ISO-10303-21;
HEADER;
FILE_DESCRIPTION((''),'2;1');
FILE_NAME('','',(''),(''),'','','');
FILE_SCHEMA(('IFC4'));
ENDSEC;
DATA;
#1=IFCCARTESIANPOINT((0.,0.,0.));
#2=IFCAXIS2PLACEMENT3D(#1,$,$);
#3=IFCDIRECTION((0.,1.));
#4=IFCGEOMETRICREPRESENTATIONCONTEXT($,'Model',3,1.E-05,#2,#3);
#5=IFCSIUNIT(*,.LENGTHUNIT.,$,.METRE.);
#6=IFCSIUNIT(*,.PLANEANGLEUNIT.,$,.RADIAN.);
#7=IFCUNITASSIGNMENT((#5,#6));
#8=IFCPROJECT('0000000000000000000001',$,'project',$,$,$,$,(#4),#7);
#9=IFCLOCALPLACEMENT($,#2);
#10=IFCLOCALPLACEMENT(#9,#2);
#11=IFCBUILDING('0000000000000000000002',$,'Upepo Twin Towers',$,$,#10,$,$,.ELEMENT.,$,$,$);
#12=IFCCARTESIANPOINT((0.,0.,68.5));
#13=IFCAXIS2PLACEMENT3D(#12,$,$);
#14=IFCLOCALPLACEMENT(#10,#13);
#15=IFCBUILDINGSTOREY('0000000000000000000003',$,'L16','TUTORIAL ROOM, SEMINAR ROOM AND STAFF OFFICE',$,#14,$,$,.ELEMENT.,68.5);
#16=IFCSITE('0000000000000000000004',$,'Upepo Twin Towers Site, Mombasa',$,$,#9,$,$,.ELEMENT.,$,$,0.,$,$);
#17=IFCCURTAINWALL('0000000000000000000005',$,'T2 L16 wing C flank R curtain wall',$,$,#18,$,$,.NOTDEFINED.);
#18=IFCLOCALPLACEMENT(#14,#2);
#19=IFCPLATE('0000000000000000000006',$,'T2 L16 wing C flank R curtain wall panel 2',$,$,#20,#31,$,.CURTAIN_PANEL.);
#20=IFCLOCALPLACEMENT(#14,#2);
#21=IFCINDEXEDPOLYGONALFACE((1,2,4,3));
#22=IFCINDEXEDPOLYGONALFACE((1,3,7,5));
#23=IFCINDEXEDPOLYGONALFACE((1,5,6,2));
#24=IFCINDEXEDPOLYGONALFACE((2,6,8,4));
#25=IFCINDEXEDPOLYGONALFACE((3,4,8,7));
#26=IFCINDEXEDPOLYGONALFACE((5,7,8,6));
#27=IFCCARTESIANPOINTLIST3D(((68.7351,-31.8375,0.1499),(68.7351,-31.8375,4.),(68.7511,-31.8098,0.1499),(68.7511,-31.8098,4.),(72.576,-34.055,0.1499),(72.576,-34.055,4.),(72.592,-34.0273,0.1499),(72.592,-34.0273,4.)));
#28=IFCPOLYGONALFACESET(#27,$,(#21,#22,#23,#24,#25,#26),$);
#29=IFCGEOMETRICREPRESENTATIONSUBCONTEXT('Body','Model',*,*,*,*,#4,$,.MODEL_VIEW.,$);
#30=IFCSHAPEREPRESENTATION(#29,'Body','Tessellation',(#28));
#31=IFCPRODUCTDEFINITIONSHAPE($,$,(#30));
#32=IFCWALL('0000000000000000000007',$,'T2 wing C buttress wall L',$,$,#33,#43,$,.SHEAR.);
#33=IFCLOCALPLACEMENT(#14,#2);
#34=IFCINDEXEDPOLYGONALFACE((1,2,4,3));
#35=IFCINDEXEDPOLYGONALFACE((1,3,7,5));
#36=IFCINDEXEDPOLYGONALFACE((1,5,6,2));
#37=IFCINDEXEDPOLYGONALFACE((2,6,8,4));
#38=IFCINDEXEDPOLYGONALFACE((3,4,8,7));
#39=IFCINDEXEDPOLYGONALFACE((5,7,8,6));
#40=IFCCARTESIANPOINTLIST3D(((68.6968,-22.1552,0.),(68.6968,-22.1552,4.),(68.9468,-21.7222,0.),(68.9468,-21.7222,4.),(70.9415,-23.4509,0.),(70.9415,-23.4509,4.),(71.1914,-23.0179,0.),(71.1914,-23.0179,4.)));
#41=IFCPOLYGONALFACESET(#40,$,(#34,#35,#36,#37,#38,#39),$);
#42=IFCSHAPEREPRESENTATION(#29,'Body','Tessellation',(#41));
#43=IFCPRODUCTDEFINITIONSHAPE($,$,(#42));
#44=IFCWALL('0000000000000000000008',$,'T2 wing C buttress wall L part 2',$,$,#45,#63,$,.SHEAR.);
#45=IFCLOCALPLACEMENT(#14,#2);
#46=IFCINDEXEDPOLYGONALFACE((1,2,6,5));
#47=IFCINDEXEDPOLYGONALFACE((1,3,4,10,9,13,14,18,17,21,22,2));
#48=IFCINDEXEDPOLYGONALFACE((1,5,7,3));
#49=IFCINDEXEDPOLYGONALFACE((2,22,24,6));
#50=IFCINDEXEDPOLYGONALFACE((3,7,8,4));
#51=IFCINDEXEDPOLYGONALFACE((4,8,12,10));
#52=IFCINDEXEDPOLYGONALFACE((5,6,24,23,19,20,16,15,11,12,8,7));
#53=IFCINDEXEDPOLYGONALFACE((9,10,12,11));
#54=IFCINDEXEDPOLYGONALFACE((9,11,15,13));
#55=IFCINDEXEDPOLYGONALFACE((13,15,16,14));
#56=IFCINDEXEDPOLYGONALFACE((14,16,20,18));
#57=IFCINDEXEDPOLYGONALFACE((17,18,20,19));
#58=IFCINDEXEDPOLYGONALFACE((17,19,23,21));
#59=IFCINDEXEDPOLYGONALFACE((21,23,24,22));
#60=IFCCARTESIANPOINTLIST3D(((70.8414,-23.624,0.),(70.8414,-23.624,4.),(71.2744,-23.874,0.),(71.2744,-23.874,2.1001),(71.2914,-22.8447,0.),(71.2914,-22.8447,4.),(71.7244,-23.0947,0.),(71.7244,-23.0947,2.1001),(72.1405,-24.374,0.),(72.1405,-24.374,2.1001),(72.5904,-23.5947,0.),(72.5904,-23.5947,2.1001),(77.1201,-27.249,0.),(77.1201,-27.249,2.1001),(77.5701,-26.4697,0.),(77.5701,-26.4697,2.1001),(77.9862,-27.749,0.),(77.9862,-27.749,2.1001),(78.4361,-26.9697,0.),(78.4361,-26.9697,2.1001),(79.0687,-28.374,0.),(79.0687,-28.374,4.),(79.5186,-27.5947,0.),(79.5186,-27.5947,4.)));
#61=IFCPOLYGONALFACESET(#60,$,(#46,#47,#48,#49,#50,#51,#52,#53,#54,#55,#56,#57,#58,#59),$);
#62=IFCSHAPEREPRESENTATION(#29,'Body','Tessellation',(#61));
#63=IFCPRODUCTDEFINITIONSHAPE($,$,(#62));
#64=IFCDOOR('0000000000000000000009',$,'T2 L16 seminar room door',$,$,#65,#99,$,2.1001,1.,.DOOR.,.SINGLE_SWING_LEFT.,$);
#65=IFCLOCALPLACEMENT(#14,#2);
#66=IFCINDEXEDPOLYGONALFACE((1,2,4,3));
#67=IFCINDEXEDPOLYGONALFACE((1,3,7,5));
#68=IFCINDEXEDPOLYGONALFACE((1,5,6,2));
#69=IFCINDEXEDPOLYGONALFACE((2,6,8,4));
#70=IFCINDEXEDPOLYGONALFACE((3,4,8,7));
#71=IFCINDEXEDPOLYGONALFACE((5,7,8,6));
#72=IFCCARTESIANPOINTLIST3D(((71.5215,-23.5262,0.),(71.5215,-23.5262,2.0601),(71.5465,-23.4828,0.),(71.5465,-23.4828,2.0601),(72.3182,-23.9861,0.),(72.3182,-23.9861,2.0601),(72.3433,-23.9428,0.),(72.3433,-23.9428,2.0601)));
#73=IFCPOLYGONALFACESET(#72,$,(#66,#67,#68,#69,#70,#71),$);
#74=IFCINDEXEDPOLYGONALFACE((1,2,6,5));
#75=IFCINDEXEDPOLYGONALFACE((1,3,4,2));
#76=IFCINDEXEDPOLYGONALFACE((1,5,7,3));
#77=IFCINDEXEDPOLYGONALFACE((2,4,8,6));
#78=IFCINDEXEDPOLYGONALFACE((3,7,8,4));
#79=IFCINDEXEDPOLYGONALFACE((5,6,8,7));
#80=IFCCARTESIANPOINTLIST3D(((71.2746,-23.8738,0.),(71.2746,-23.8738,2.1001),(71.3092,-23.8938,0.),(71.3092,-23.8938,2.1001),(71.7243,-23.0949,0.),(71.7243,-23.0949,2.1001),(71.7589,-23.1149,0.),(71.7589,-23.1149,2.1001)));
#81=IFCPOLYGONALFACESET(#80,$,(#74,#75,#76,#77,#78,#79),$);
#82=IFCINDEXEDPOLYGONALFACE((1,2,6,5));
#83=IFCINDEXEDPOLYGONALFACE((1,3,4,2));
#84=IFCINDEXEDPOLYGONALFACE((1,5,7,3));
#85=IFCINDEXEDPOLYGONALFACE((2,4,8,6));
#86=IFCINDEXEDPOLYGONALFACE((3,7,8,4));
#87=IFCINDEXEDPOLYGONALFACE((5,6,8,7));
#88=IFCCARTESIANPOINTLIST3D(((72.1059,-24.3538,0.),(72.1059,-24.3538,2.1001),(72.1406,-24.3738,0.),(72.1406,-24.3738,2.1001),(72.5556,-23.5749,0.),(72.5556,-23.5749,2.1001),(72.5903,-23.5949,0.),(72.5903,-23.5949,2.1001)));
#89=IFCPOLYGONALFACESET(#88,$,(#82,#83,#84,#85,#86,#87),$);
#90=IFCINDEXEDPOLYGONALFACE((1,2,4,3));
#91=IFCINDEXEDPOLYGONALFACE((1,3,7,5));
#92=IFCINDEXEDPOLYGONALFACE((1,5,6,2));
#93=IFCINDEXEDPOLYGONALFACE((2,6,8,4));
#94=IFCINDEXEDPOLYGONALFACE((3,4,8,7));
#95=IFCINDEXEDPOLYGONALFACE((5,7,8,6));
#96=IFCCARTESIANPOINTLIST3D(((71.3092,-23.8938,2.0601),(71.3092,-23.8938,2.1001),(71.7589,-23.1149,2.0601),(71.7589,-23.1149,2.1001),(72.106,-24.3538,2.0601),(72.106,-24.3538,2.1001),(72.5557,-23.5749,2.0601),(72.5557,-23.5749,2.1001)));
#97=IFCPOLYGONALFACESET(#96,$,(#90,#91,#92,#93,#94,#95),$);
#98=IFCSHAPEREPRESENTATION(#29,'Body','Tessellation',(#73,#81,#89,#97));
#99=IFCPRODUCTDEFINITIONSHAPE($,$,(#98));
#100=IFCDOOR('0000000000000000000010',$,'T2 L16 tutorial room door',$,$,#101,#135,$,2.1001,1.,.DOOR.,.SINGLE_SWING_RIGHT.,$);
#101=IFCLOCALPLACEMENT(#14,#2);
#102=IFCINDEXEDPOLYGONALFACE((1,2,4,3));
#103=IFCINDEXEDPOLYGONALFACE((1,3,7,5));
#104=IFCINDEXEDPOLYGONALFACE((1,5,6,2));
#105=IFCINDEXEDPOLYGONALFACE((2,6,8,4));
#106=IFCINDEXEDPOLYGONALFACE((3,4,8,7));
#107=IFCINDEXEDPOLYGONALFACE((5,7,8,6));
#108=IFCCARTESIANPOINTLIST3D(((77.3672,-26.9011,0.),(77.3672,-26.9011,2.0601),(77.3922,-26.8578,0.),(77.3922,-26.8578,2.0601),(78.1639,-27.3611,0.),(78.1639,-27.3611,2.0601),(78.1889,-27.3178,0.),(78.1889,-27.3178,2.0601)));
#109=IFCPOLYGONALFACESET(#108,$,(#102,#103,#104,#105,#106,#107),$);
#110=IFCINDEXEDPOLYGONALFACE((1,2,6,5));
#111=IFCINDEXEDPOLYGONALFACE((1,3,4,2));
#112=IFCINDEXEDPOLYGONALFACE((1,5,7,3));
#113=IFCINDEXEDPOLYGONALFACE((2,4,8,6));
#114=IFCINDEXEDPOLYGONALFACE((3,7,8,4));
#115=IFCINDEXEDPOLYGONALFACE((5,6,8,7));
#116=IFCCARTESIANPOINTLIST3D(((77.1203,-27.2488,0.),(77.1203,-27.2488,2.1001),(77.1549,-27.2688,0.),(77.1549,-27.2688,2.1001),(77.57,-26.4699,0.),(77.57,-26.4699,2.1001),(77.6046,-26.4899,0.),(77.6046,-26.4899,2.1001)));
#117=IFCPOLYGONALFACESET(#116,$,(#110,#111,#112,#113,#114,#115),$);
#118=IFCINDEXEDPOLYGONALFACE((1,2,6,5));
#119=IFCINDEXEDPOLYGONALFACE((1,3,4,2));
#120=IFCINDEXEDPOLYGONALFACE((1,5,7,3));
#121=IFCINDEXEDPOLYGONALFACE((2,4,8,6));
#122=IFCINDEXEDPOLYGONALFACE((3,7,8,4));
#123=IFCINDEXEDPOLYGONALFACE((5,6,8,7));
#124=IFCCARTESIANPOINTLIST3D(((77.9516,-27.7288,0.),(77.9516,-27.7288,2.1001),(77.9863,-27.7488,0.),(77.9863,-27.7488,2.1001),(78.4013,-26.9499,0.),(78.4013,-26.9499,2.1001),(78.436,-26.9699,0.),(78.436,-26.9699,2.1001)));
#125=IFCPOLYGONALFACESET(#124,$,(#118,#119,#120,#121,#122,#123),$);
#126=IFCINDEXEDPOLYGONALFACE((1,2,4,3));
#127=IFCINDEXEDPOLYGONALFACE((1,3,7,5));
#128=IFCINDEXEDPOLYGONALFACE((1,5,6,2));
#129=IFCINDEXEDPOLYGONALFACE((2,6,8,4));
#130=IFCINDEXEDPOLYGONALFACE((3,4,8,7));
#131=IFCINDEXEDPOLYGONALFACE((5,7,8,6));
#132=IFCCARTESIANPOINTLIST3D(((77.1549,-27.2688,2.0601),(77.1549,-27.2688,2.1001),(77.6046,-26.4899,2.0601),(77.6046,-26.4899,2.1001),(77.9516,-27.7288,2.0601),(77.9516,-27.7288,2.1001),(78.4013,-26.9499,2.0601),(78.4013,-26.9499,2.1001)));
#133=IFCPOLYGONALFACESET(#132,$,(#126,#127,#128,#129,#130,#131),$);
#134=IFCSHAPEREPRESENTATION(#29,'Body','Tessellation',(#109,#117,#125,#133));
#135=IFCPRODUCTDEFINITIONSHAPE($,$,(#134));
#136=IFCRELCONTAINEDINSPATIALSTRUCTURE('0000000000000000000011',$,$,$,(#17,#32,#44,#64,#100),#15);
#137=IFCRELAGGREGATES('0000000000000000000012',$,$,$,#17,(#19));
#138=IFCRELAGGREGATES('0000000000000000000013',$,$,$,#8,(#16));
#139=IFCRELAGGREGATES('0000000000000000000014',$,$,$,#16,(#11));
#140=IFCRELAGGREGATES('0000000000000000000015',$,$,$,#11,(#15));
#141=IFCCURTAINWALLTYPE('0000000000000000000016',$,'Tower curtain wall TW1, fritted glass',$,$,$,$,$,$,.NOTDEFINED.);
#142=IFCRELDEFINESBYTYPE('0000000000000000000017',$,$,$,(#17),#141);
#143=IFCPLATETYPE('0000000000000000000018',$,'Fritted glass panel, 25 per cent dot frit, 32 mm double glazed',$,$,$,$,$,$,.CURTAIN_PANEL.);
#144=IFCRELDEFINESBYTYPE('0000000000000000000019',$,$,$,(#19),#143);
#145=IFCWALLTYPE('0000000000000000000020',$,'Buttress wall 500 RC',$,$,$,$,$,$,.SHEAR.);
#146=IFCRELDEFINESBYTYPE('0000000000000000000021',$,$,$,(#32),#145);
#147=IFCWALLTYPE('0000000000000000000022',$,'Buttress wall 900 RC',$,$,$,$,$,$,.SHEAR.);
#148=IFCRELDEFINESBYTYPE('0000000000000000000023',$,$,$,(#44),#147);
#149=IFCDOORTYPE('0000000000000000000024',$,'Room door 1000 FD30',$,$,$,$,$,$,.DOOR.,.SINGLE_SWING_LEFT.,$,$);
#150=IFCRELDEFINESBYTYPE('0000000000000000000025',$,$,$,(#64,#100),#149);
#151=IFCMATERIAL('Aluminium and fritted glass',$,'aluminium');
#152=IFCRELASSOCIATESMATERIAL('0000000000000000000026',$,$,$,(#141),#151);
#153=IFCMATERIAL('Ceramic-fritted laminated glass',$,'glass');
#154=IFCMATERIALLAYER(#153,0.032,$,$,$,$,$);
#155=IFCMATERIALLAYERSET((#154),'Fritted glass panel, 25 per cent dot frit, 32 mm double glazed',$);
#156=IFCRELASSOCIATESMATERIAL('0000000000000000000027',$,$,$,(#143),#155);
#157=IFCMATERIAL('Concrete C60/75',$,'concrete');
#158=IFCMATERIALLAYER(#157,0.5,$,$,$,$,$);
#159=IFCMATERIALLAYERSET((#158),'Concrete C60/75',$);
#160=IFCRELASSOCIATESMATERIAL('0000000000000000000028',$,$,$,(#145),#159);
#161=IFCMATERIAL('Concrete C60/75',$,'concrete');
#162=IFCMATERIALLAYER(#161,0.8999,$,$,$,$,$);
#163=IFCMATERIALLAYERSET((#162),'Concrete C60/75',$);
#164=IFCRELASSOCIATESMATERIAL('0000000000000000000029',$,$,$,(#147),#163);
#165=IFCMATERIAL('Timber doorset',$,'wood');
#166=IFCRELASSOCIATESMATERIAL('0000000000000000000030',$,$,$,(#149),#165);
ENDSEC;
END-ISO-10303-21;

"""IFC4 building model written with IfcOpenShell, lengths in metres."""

from ifc_helpers import new_model, si_unit, direction, frame, frame_2d, origin, origin_2d, place, context, subcontext, project, spatial, rectangle, extrude, material, layer, layer_set, type_object, element, fill, aggregate, save


model = new_model("IFC4")

# Units and contexts
model_context = context("Model", 3, precision=1e-05, world=origin(), true_north=direction((0.0, 1.0)))
body_context = subcontext(model_context, "Body", "Model", "MODEL_VIEW")
ifc_project = project(units=[si_unit("LENGTHUNIT", "METRE"), si_unit("PLANEANGLEUNIT", "RADIAN")], contexts=[model_context])

# Site, building, storey
site_placement = place(None, origin())
site = spatial("IfcSite", under=ifc_project, at=site_placement, Name="Upepo Twin Towers Site, Mombasa", CompositionType="ELEMENT", RefElevation=0.0)
building_placement = place(site_placement, origin())
building = spatial("IfcBuilding", under=site, at=building_placement, Name="Upepo Twin Towers", CompositionType="ELEMENT")
storey_placement = place(building_placement, frame((0.0, 0.0, 68.5)))
storey = spatial("IfcBuildingStorey", under=building, at=storey_placement, Name="L16", Description="TUTORIAL ROOM, SEMINAR ROOM AND STAFF OFFICE", CompositionType="ELEMENT", Elevation=68.5)

# Curtain wall, plate
ifc_material_1 = material(Name="Aluminium and fritted glass", Category="aluminium")
curtain_wall_type = type_object("IfcCurtainWallType", Name="Tower curtain wall TW1, fritted glass", PredefinedType="NOTDEFINED", material=ifc_material_1)
curtain_wall_placement = place(storey_placement, origin())
curtain_wall = element("IfcCurtainWall", 1, at=curtain_wall_placement, inside=storey, type_object=curtain_wall_type, Name="T2 L16 wing C flank R curtain wall", PredefinedType="NOTDEFINED")
ifc_material_2 = material(Name="Ceramic-fritted laminated glass", Category="glass")
ifc_layer_1 = layer(ifc_material_2, 0.032)
ifc_layer_set_1 = layer_set([ifc_layer_1], Name="Fritted glass panel, 25 per cent dot frit, 32 mm double glazed")
plate_type = type_object("IfcPlateType", Name="Fritted glass panel, 25 per cent dot frit, 32 mm double glazed", PredefinedType="CURTAIN_PANEL", material=ifc_layer_set_1)
plate_1_placement = place(storey_placement, frame((70.6636, -32.9324, 0.1499), z_axis=(0.0, 0.0, 1.0), x_axis=(-0.866025, 0.5, 0.0)))
plate_1 = element("IfcPlate", 2, at=plate_1_placement, type_object=plate_type, Name="T2 L16 wing C flank R curtain wall panel 2", PredefinedType="CURTAIN_PANEL", context=body_context, shape_type="SweptSolid", body=[
    extrude(rectangle(XDim=4.4351, YDim=0.032, at=origin_2d()), origin(), (0.0, 0.0, 1.0), 3.8501),
])
aggregate(curtain_wall, [plate_1])

# Wall
ifc_material_3 = material(Name="Concrete C60/75", Category="concrete")
ifc_layer_2 = layer(ifc_material_3, 0.5)
ifc_layer_set_2 = layer_set([ifc_layer_2], Name="Concrete C60/75")
wall_type_1 = type_object("IfcWallType", Name="Buttress wall 500 RC", PredefinedType="SHEAR", material=ifc_layer_set_2)
wall_1_placement = place(storey_placement, frame((68.8218, -21.9387, 0.0), z_axis=(0.0, 0.0, 1.0), x_axis=(0.866073, -0.499918, 0.0)))
element("IfcWall", 3, at=wall_1_placement, inside=storey, type_object=wall_type_1, Name="T2 wing C buttress wall L", PredefinedType="SHEAR", context=body_context, shape_type="SweptSolid", body=[
    extrude(rectangle(XDim=2.5918, YDim=0.5, at=frame_2d((1.2959, 0.0))), origin(), (0.0, 0.0, 1.0), 4.0),
])

# Wall, openings, doors
ifc_material_4 = material(Name="Concrete C60/75", Category="concrete")
ifc_layer_3 = layer(ifc_material_4, 0.8999)
ifc_layer_set_3 = layer_set([ifc_layer_3], Name="Concrete C60/75")
wall_type_2 = type_object("IfcWallType", Name="Buttress wall 900 RC", PredefinedType="SHEAR", material=ifc_layer_set_3)
wall_2_placement = place(storey_placement, frame((71.0664, -23.2344, 0.0), z_axis=(0.0, 0.0, 1.0), x_axis=(0.866027, -0.499998, 0.0)))
wall_2 = element("IfcWall", 4, at=wall_2_placement, inside=storey, type_object=wall_type_2, Name="T2 wing C buttress wall L part 2", PredefinedType="SHEAR", context=body_context, shape_type="SweptSolid", body=[
    extrude(rectangle(XDim=9.5, YDim=0.8999, at=frame_2d((4.75, 0.0))), origin(), (0.0, 0.0, 1.0), 4.0),
])
opening_1_placement = place(wall_2_placement, frame((0.5, 0.0, 0.0)))
opening_1 = element("IfcOpeningElement", 5, at=opening_1_placement, cuts=wall_2, PredefinedType="OPENING", context=body_context, shape_type="SweptSolid", body=[
    extrude(rectangle(XDim=1.0, YDim=2.1001, at=frame_2d((0.5, 1.05))), frame((0.0, 0.46, 0.0), z_axis=(0.0, -1.0, 0.0), x_axis=(1.0, 0.0, 0.0)), (0.0, 0.0, 1.0), 0.9199),
])
opening_2_placement = place(wall_2_placement, frame((7.25, 0.0, 0.0)))
opening_2 = element("IfcOpeningElement", 6, at=opening_2_placement, cuts=wall_2, PredefinedType="OPENING", context=body_context, shape_type="SweptSolid", body=[
    extrude(rectangle(XDim=1.0, YDim=2.1001, at=frame_2d((0.5, 1.05))), frame((0.0, 0.46, 0.0), z_axis=(0.0, -1.0, 0.0), x_axis=(1.0, 0.0, 0.0)), (0.0, 0.0, 1.0), 0.9199),
])
ifc_material_5 = material(Name="Timber doorset", Category="wood")
door_type = type_object("IfcDoorType", Name="Room door 1000 FD30", OperationType="SINGLE_SWING_LEFT", PredefinedType="DOOR", material=ifc_material_5)
door_1_placement = place(opening_1_placement, origin())
door_1 = element("IfcDoor", 7, at=door_1_placement, inside=storey, type_object=door_type, Name="T2 L16 seminar room door", OperationType="SINGLE_SWING_LEFT", OverallHeight=2.1001, OverallWidth=1.0, PredefinedType="DOOR", context=body_context, shape_type="SweptSolid", body=[
    extrude(rectangle(XDim=0.92, YDim=2.0601, at=frame_2d((0.5, 1.03))), frame((0.0, 0.0249, 0.0), z_axis=(0.0, -1.0, 0.0), x_axis=(1.0, 0.0, 0.0)), (0.0, 0.0, 1.0), 0.05),
    extrude(rectangle(XDim=0.04, YDim=2.1001, at=frame_2d((0.02, 1.05))), frame((0.0, 0.4497, 0.0), z_axis=(0.0, -1.0, 0.0), x_axis=(1.0, 0.0, 0.0)), (0.0, 0.0, 1.0), 0.8994),
    extrude(rectangle(XDim=0.04, YDim=2.1001, at=frame_2d((0.98, 1.05))), frame((0.0, 0.4497, 0.0), z_axis=(0.0, -1.0, 0.0), x_axis=(1.0, 0.0, 0.0)), (0.0, 0.0, 1.0), 0.8994),
    extrude(rectangle(XDim=0.92, YDim=0.04, at=frame_2d((0.5, 2.0801))), frame((0.0, 0.4497, 0.0), z_axis=(0.0, -1.0, 0.0), x_axis=(1.0, 0.0, 0.0)), (0.0, 0.0, 1.0), 0.8994),
])
fill(opening_1, door_1)
door_2_placement = place(opening_2_placement, origin())
door_2 = element("IfcDoor", 8, at=door_2_placement, inside=storey, type_object=door_type, Name="T2 L16 tutorial room door", OperationType="SINGLE_SWING_RIGHT", OverallHeight=2.1001, OverallWidth=1.0, PredefinedType="DOOR", context=body_context, shape_type="SweptSolid", body=[
    extrude(rectangle(XDim=0.92, YDim=2.0601, at=frame_2d((0.5, 1.03))), frame((0.0, 0.0249, 0.0), z_axis=(0.0, -1.0, 0.0), x_axis=(1.0, 0.0, 0.0)), (0.0, 0.0, 1.0), 0.05),
    extrude(rectangle(XDim=0.04, YDim=2.1001, at=frame_2d((0.02, 1.05))), frame((0.0, 0.4497, 0.0), z_axis=(0.0, -1.0, 0.0), x_axis=(1.0, 0.0, 0.0)), (0.0, 0.0, 1.0), 0.8994),
    extrude(rectangle(XDim=0.04, YDim=2.1001, at=frame_2d((0.98, 1.05))), frame((0.0, 0.4497, 0.0), z_axis=(0.0, -1.0, 0.0), x_axis=(1.0, 0.0, 0.0)), (0.0, 0.0, 1.0), 0.8994),
    extrude(rectangle(XDim=0.92, YDim=0.04, at=frame_2d((0.5, 2.0801))), frame((0.0, 0.4497, 0.0), z_axis=(0.0, -1.0, 0.0), x_axis=(1.0, 0.0, 0.0)), (0.0, 0.0, 1.0), 0.8994),
])
fill(opening_2, door_2)

save(model, "model.ifc")
